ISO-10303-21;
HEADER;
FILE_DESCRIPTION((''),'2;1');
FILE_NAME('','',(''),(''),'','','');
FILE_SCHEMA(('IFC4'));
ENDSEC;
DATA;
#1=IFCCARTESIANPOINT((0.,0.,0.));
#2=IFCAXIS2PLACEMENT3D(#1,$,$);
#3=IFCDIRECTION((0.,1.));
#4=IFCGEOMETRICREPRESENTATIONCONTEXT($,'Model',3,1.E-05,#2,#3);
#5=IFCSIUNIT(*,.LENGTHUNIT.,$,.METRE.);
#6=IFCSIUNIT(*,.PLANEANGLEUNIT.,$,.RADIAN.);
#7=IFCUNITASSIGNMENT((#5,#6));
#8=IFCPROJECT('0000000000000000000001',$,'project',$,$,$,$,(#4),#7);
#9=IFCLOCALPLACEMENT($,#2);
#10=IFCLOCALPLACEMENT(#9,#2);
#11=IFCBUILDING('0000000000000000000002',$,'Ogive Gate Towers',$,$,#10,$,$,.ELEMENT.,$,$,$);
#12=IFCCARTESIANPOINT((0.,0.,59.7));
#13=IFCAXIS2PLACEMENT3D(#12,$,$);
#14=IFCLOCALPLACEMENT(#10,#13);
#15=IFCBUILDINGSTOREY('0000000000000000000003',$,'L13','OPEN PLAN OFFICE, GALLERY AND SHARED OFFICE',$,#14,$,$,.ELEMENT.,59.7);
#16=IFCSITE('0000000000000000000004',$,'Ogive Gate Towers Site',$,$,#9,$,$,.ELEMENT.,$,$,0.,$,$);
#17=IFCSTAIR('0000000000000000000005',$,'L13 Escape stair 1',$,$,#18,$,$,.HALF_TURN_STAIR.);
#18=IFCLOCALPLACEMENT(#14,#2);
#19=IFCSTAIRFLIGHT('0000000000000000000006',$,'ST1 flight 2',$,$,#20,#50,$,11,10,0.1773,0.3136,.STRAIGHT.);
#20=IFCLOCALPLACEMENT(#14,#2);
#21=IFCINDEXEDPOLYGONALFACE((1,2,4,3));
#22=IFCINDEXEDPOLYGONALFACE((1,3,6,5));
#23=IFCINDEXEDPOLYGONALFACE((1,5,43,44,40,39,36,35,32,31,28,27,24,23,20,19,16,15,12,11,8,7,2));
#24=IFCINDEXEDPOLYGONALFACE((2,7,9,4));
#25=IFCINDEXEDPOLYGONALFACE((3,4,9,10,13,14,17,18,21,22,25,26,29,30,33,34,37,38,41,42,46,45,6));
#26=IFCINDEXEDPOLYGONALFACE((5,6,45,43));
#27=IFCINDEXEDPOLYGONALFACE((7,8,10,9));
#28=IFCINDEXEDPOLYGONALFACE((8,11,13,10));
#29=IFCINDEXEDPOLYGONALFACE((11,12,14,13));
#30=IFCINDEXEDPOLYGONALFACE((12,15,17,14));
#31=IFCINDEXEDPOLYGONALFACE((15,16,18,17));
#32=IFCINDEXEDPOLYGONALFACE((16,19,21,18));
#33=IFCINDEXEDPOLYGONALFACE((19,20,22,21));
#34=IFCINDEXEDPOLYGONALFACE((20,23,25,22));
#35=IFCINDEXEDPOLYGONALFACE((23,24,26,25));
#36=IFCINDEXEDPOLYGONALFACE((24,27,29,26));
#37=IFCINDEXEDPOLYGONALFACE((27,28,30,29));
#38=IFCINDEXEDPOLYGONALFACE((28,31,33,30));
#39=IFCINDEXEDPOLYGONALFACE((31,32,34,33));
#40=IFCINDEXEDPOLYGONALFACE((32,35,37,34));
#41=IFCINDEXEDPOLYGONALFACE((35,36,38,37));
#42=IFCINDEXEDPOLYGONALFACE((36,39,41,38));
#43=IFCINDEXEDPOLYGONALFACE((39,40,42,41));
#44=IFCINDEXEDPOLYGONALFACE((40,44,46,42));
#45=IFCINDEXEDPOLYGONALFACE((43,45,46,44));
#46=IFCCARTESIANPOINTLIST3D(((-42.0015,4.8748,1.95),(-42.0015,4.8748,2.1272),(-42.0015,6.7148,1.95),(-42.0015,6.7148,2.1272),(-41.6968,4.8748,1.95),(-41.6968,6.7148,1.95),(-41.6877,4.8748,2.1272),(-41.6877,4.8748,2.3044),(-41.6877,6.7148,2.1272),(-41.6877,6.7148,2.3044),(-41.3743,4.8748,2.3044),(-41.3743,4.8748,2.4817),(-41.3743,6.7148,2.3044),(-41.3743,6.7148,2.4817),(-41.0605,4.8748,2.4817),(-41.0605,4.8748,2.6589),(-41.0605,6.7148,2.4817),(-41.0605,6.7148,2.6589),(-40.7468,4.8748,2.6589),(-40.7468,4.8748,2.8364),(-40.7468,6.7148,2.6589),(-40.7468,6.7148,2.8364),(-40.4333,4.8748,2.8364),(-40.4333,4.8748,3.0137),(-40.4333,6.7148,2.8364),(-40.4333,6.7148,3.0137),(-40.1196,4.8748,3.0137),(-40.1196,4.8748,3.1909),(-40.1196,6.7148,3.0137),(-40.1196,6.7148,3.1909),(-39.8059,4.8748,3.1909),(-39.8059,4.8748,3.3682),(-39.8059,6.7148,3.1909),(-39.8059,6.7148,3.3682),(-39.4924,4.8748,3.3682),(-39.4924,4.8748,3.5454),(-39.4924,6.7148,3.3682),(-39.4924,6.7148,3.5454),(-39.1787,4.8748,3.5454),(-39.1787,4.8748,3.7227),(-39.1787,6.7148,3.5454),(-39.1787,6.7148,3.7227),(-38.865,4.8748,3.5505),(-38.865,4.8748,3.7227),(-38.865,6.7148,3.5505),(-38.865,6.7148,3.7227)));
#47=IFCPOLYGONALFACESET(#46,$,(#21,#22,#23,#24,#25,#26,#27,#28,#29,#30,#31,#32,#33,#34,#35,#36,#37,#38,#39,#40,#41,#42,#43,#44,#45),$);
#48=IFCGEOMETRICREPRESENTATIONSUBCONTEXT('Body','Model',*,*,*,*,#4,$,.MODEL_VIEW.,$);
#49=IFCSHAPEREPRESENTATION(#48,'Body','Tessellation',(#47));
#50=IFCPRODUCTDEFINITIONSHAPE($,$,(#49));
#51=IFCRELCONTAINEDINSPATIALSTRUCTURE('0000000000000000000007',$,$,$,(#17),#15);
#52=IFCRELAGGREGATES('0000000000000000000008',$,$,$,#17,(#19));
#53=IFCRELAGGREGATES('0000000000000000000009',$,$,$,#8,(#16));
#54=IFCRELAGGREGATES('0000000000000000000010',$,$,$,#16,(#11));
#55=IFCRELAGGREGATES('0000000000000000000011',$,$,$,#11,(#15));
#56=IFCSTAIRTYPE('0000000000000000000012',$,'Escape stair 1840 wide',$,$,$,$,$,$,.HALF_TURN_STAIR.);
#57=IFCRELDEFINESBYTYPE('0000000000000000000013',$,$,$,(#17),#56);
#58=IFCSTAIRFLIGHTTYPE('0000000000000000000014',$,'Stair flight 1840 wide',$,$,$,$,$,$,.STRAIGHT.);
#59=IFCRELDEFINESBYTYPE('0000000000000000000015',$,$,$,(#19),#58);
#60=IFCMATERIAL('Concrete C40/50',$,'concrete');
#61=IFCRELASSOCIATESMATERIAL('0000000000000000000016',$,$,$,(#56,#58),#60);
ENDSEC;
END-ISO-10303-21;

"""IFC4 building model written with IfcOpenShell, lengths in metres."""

from ifc_helpers import new_model, si_unit, direction, frame, origin, place, context, subcontext, project, spatial, polyline, outline, extrude, material, type_object, element, aggregate, save


model = new_model("IFC4")

# Units and contexts
model_context = context("Model", 3, precision=1e-05, world=origin(), true_north=direction((0.0, 1.0)))
body_context = subcontext(model_context, "Body", "Model", "MODEL_VIEW")
ifc_project = project(units=[si_unit("LENGTHUNIT", "METRE"), si_unit("PLANEANGLEUNIT", "RADIAN")], contexts=[model_context])

# Site, building, storey
site_placement = place(None, origin())
site = spatial("IfcSite", under=ifc_project, at=site_placement, Name="Ogive Gate Towers Site", CompositionType="ELEMENT", RefElevation=0.0)
building_placement = place(site_placement, origin())
building = spatial("IfcBuilding", under=site, at=building_placement, Name="Ogive Gate Towers", CompositionType="ELEMENT")
storey_placement = place(building_placement, frame((0.0, 0.0, 59.7)))
storey = spatial("IfcBuildingStorey", under=building, at=storey_placement, Name="L13", Description="OPEN PLAN OFFICE, GALLERY AND SHARED OFFICE", CompositionType="ELEMENT", Elevation=59.7)

# Stair, stair flight
ifc_material_1 = material(Name="Concrete C40/50", Category="concrete")
stair_type = type_object("IfcStairType", Name="Escape stair 1840 wide", PredefinedType="HALF_TURN_STAIR", material=ifc_material_1)
stair_placement = place(storey_placement, origin())
stair = element("IfcStair", 1, at=stair_placement, inside=storey, type_object=stair_type, Name="L13 Escape stair 1", PredefinedType="HALF_TURN_STAIR")
stair_flight_type = type_object("IfcStairFlightType", Name="Stair flight 1840 wide", PredefinedType="STRAIGHT", material=ifc_material_1)
stair_flight_1_placement = place(storey_placement, frame((-42.0015, 5.7949, 1.95), z_axis=(0.0, 0.0, 1.0), x_axis=(1.0, 0.0, 0.0)))
stair_flight_1 = element("IfcStairFlight", 2, at=stair_flight_1_placement, type_object=stair_flight_type, Name="ST1 flight 2", NumberOfRisers=11, NumberOfTreads=10, PredefinedType="STRAIGHT", RiserHeight=0.1773, TreadLength=0.3136, context=body_context, shape_type="SweptSolid", body=[
    extrude(outline(polyline([(0.0, 0.0), (0.0, 0.1772), (0.3137, 0.1772), (0.3137, 0.3545), (0.6272, 0.3545), (0.6272, 0.5317), (0.9409, 0.5317), (0.9409, 0.709), (1.2546, 0.709), (1.2546, 0.8865), (1.5681, 0.8865), (1.5681, 1.0637), (1.8818, 1.0637), (1.8818, 1.241), (2.1956, 1.241), (2.1956, 1.4182), (2.509, 1.4182), (2.509, 1.5955), (2.8228, 1.5955), (2.8228, 1.7727), (3.1365, 1.7727), (3.1365, 1.95), (3.1365, 1.6006), (0.3047, 0.0), (0.0, 0.0)])), frame((0.0, 0.9199, 0.0), z_axis=(0.0, -1.0, 0.0), x_axis=(1.0, 0.0, 0.0)), (0.0, 0.0, 1.0), 1.8401),
])
aggregate(stair, [stair_flight_1])

save(model, "model.ifc")
